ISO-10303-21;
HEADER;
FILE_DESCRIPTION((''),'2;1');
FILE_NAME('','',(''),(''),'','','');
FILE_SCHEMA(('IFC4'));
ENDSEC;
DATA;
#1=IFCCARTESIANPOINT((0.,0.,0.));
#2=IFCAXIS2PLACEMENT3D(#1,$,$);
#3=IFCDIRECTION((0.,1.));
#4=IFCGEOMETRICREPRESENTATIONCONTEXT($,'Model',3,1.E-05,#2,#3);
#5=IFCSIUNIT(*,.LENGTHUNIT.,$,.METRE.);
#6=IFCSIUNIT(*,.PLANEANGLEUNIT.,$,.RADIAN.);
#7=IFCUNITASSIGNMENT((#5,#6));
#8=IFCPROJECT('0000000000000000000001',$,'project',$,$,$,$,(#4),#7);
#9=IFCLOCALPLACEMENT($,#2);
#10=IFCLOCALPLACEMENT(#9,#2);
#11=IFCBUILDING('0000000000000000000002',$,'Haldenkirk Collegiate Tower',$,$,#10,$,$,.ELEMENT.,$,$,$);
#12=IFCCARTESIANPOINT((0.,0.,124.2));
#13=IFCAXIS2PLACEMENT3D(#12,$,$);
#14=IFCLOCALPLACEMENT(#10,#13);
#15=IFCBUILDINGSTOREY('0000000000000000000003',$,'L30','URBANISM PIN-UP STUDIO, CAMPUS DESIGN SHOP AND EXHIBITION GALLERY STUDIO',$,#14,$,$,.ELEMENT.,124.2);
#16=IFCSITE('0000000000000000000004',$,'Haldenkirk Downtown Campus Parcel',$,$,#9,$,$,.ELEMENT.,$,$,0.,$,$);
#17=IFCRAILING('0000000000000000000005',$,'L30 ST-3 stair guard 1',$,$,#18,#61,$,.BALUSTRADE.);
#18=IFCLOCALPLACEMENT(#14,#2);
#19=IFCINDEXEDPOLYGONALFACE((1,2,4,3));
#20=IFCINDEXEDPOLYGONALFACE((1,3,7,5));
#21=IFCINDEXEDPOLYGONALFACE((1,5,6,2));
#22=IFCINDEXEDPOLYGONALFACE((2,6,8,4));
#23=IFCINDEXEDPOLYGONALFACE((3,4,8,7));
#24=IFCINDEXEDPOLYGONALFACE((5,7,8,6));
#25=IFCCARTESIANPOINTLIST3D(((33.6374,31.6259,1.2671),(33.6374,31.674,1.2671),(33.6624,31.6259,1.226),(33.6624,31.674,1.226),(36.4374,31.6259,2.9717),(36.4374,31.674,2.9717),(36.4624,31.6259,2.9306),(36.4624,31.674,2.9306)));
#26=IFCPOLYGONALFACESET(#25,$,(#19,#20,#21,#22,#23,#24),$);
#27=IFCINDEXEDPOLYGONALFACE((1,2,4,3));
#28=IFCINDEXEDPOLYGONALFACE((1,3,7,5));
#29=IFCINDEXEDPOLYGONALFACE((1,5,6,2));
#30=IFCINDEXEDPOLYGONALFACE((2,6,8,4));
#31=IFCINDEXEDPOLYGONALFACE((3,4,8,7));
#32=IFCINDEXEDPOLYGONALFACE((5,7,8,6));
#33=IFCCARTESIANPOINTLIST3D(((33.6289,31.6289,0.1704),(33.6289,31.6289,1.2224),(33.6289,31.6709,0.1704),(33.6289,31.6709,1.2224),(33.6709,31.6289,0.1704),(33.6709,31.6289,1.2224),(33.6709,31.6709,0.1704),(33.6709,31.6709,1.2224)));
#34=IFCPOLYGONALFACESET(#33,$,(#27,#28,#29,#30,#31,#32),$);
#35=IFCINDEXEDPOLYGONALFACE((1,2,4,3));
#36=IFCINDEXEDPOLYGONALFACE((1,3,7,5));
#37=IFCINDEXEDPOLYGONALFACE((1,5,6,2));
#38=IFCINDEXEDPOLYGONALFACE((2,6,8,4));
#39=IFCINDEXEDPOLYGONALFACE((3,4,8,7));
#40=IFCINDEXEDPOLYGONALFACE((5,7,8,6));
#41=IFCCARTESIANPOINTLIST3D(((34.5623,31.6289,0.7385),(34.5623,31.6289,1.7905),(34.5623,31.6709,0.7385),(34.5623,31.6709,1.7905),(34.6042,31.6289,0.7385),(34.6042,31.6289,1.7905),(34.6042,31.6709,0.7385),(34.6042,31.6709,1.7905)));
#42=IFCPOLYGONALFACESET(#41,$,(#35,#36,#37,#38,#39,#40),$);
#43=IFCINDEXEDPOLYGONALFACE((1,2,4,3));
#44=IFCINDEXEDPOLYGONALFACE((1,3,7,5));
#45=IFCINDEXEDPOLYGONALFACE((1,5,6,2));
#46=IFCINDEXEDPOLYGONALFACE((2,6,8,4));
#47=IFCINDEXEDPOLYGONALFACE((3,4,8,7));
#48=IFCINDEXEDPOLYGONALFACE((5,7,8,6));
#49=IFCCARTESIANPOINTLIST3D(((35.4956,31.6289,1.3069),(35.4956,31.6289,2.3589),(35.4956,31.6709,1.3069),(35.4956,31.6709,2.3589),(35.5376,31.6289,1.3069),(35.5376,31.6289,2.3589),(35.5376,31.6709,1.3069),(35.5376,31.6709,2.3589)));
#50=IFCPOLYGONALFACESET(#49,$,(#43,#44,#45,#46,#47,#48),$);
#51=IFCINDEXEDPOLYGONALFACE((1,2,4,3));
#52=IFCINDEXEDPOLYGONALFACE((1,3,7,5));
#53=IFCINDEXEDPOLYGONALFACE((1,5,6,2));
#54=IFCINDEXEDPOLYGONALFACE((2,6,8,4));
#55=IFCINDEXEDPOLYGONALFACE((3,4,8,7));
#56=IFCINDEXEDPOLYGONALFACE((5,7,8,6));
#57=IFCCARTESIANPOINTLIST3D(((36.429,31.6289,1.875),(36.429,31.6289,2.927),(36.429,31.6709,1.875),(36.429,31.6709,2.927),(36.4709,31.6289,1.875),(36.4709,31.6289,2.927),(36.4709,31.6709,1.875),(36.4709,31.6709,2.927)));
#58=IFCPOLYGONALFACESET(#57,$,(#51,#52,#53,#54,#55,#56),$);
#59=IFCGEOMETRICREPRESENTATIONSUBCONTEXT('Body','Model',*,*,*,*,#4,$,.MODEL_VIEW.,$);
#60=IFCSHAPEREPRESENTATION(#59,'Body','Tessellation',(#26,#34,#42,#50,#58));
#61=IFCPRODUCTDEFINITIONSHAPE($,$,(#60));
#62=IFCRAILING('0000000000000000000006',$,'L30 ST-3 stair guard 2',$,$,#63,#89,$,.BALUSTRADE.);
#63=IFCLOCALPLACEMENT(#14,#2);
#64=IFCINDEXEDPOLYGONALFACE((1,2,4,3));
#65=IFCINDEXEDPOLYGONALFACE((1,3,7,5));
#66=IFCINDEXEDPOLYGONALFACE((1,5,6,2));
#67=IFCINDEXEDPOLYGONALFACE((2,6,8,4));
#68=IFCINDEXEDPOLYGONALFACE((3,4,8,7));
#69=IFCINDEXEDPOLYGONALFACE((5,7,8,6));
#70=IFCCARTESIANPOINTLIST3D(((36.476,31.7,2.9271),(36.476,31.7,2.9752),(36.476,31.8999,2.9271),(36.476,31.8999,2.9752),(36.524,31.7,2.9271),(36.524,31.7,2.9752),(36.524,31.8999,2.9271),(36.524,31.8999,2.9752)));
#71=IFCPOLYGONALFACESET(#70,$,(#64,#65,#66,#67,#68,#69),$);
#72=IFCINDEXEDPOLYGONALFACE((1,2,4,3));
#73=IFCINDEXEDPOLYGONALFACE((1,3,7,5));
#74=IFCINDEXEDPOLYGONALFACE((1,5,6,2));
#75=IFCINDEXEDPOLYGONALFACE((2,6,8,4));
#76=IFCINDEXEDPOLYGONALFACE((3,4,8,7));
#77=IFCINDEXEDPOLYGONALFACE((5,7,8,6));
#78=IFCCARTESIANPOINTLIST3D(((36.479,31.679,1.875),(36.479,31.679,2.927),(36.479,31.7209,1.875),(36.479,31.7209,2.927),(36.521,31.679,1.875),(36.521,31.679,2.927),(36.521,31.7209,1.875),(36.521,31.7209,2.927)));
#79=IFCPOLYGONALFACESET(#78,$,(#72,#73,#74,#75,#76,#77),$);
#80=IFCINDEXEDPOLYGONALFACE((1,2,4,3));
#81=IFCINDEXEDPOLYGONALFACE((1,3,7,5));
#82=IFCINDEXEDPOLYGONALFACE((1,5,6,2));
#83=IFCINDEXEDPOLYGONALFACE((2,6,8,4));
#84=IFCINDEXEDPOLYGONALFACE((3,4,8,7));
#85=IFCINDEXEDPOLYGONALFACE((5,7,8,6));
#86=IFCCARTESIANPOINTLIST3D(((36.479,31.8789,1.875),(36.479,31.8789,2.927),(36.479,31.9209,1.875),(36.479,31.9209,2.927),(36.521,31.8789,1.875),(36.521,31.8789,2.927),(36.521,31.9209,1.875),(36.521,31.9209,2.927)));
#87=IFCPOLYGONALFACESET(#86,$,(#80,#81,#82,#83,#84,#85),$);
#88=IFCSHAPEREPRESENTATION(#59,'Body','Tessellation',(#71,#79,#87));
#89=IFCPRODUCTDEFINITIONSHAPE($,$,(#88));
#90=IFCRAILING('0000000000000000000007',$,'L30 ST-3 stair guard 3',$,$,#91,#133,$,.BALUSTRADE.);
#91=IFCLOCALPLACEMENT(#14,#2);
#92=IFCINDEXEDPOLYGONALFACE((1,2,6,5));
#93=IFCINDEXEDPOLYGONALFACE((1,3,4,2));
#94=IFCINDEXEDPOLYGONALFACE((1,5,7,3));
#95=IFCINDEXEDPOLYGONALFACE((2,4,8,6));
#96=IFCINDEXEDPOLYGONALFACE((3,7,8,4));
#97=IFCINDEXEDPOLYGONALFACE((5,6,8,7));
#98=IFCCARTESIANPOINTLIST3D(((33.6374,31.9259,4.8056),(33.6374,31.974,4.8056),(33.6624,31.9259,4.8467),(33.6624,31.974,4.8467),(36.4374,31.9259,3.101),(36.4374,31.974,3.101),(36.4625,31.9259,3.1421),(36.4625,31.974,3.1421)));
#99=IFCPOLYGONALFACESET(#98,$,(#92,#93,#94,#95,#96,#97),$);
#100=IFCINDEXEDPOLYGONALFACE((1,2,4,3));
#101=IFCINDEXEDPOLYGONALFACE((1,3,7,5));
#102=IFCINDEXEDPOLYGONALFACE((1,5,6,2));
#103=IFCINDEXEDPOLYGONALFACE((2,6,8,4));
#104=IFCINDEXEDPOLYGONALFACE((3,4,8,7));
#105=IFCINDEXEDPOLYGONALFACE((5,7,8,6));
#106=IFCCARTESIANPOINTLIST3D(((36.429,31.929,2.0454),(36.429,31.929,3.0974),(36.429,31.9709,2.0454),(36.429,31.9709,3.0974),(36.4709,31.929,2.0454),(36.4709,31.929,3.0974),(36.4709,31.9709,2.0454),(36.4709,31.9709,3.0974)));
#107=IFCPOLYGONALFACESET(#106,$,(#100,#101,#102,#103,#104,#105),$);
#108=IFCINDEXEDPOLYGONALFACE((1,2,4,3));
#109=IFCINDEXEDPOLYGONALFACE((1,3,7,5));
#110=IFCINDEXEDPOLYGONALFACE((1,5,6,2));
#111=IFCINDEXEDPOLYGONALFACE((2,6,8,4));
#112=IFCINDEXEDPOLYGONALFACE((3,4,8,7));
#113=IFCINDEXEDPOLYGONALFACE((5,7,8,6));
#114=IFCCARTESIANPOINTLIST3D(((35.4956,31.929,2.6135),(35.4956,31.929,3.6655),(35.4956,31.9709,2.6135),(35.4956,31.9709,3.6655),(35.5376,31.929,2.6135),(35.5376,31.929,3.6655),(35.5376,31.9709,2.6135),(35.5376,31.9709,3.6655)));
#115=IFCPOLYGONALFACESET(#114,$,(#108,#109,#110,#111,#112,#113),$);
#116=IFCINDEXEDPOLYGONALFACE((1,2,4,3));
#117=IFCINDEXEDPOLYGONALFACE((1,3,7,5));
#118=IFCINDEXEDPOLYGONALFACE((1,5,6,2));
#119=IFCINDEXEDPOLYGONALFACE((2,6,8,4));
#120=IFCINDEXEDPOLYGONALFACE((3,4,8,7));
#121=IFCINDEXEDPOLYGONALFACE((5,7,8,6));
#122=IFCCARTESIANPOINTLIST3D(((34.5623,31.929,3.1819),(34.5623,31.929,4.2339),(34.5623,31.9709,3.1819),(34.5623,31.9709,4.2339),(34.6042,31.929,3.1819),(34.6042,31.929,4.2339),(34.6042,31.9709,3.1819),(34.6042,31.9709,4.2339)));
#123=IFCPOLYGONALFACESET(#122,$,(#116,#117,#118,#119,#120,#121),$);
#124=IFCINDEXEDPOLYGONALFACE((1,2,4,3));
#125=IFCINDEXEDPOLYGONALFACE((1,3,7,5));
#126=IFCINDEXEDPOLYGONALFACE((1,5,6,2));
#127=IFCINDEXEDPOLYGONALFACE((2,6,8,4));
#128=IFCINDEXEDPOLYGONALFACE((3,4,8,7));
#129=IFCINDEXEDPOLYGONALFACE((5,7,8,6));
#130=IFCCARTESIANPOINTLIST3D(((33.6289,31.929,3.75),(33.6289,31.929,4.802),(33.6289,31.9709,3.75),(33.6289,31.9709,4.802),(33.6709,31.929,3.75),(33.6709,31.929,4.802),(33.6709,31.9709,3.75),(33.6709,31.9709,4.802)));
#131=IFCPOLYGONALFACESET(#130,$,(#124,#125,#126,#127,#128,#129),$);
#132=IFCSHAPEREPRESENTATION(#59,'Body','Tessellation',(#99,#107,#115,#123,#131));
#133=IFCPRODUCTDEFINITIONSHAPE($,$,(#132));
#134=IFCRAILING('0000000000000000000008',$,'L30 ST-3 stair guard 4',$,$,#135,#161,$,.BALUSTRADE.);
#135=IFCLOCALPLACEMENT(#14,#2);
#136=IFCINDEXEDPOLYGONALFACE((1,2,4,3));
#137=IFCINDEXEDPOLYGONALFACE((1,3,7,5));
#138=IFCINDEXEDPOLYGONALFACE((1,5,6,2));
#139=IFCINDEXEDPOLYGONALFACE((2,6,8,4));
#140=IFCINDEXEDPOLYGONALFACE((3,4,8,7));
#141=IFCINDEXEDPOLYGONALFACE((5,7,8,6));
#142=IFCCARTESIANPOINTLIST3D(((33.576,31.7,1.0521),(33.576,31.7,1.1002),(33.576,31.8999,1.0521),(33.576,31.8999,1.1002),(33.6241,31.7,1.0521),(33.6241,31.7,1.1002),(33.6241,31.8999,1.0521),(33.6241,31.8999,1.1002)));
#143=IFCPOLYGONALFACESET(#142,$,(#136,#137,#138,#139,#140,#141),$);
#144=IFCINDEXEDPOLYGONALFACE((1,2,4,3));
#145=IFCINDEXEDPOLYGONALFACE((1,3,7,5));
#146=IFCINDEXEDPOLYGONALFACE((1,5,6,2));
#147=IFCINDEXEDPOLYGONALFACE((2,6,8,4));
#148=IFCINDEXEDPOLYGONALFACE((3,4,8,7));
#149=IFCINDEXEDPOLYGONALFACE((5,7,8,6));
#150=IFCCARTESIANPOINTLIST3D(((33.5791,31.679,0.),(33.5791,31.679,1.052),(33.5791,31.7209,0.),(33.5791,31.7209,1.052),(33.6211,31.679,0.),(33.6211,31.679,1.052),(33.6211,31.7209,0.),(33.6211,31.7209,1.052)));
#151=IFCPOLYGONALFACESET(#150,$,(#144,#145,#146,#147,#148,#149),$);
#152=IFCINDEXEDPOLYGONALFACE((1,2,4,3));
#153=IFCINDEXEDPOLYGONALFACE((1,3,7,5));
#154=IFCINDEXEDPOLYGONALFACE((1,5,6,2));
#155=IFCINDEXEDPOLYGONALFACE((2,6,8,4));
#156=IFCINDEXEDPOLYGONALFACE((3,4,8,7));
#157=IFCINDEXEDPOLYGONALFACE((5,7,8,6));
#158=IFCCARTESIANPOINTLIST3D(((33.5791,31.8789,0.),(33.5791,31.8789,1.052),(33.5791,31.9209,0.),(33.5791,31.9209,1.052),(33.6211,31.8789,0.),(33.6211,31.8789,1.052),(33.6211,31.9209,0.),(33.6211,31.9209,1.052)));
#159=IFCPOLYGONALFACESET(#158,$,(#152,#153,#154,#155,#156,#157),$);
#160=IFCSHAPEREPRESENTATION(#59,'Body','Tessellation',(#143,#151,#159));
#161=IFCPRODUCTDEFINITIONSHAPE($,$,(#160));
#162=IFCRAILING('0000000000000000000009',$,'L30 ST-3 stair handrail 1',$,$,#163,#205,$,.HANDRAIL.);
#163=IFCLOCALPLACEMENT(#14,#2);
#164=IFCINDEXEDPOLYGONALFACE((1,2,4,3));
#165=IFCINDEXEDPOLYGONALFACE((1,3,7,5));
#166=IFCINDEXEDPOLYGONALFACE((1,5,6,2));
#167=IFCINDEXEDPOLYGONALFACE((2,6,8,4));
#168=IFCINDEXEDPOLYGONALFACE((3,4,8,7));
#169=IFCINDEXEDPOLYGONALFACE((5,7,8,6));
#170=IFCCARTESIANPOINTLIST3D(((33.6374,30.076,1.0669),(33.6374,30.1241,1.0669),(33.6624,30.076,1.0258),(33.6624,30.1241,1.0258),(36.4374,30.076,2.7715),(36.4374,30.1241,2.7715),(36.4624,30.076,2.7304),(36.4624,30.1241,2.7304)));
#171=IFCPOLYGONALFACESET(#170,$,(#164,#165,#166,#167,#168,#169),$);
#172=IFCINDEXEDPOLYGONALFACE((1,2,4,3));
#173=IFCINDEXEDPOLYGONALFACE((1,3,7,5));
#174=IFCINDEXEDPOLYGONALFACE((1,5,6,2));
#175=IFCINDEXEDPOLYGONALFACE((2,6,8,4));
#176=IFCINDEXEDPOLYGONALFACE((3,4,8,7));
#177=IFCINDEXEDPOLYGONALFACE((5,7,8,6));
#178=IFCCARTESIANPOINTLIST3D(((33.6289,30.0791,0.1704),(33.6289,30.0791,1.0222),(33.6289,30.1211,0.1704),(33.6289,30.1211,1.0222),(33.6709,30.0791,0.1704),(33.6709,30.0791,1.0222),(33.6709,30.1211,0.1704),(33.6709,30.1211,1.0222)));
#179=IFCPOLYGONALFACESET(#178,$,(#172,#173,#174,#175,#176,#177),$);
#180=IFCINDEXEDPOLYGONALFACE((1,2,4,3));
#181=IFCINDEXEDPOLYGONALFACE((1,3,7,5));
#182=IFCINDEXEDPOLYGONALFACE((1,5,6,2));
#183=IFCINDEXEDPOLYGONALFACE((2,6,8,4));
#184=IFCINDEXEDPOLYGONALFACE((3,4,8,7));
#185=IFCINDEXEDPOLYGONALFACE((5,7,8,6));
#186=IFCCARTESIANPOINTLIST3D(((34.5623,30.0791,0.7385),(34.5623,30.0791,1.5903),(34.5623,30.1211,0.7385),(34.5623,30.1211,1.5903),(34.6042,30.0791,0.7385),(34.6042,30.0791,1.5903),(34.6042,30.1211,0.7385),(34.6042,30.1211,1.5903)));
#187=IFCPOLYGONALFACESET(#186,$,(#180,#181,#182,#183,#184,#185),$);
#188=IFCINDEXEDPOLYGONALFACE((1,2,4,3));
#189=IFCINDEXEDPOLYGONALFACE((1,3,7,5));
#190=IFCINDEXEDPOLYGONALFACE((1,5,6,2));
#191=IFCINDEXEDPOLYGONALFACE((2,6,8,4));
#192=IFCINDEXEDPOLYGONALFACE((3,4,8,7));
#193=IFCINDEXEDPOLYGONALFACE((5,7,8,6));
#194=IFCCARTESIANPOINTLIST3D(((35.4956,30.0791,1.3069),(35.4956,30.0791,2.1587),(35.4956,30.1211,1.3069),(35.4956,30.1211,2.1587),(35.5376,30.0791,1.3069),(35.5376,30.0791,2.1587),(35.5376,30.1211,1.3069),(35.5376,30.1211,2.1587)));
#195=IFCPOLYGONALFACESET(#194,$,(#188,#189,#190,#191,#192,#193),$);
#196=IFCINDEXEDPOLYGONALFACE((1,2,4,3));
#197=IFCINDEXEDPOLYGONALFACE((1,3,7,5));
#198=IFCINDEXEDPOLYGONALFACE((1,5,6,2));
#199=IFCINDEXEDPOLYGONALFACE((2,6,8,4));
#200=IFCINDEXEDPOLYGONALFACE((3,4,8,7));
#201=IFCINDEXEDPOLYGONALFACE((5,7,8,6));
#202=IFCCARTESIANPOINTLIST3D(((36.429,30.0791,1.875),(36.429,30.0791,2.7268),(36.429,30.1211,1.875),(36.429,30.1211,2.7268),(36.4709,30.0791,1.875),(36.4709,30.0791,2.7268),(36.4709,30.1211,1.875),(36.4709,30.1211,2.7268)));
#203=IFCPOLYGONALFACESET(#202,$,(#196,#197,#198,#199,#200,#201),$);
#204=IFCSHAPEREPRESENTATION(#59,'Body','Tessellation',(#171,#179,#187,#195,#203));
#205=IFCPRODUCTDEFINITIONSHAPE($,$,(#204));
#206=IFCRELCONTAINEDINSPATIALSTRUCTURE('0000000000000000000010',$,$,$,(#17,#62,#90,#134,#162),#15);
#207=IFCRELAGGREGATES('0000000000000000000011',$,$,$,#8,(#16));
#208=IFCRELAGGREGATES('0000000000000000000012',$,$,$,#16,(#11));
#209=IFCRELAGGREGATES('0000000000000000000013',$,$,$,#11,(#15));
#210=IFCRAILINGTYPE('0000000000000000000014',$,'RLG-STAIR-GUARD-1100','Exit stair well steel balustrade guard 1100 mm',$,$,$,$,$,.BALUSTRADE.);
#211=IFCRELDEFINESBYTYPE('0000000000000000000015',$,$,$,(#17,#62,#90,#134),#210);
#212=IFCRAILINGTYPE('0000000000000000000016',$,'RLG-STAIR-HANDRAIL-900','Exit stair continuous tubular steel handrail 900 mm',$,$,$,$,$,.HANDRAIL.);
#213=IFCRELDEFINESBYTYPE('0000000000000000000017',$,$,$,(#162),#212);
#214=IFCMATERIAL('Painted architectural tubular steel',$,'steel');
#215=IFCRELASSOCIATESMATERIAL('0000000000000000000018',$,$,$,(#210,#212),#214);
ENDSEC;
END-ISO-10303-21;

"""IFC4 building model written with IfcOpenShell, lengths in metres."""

from ifc_helpers import new_model, si_unit, direction, frame, origin, origin_2d, place, context, subcontext, project, spatial, rectangle, extrude, material, type_object, element, save


model = new_model("IFC4")

# Units and contexts
model_context = context("Model", 3, precision=1e-05, world=origin(), true_north=direction((0.0, 1.0)))
body_context = subcontext(model_context, "Body", "Model", "MODEL_VIEW")
ifc_project = project(units=[si_unit("LENGTHUNIT", "METRE"), si_unit("PLANEANGLEUNIT", "RADIAN")], contexts=[model_context])

# Site, building, storey
site_placement = place(None, origin())
site = spatial("IfcSite", under=ifc_project, at=site_placement, Name="Haldenkirk Downtown Campus Parcel", CompositionType="ELEMENT", RefElevation=0.0)
building_placement = place(site_placement, origin())
building = spatial("IfcBuilding", under=site, at=building_placement, Name="Haldenkirk Collegiate Tower", CompositionType="ELEMENT")
storey_placement = place(building_placement, frame((0.0, 0.0, 124.2)))
storey = spatial("IfcBuildingStorey", under=building, at=storey_placement, Name="L30", Description="URBANISM PIN-UP STUDIO, CAMPUS DESIGN SHOP AND EXHIBITION GALLERY STUDIO", CompositionType="ELEMENT", Elevation=124.2)

# Railings
ifc_material_1 = material(Name="Painted architectural tubular steel", Category="steel")
railing_type_1 = type_object("IfcRailingType", Name="RLG-STAIR-GUARD-1100", Description="Exit stair well steel balustrade guard 1100 mm", PredefinedType="BALUSTRADE", material=ifc_material_1)
railing_1_placement = place(storey_placement, frame((33.6499, 31.6499, 0.1704)))
element("IfcRailing", 1, at=railing_1_placement, inside=storey, type_object=railing_type_1, Name="L30 ST-3 stair guard 1", PredefinedType="BALUSTRADE", context=body_context, shape_type="SweptSolid", body=[
    extrude(rectangle(XDim=0.0481, YDim=0.0481, at=origin_2d()), frame((0.0, 0.0, 1.0762), z_axis=(0.85417, 0.0, 0.519994), x_axis=(0.0, 1.0, 0.0)), (0.0, 0.0, 1.0), 3.2781),
    extrude(rectangle(XDim=0.042, YDim=0.042, at=origin_2d()), origin(), (0.0, 0.0, 1.0), 1.052),
    extrude(rectangle(XDim=0.042, YDim=0.042, at=origin_2d()), frame((0.9333, 0.0, 0.5681)), (0.0, 0.0, 1.0), 1.052),
    extrude(rectangle(XDim=0.042, YDim=0.042, at=origin_2d()), frame((1.8667, 0.0, 1.1365)), (0.0, 0.0, 1.0), 1.052),
    extrude(rectangle(XDim=0.042, YDim=0.042, at=origin_2d()), frame((2.8, 0.0, 1.7046)), (0.0, 0.0, 1.0), 1.052),
])
railing_2_placement = place(storey_placement, frame((36.5, 31.7, 1.875)))
element("IfcRailing", 2, at=railing_2_placement, inside=storey, type_object=railing_type_1, Name="L30 ST-3 stair guard 2", PredefinedType="BALUSTRADE", context=body_context, shape_type="SweptSolid", body=[
    extrude(rectangle(XDim=0.0481, YDim=0.0481, at=origin_2d()), frame((0.0, 0.0, 1.0762), z_axis=(0.0, 1.0, 0.0), x_axis=(-1.0, 0.0, 0.0)), (0.0, 0.0, 1.0), 0.2),
    extrude(rectangle(XDim=0.042, YDim=0.042, at=origin_2d()), origin(), (0.0, 0.0, 1.0), 1.052),
    extrude(rectangle(XDim=0.042, YDim=0.042, at=origin_2d()), frame((0.0, 0.2, 0.0)), (0.0, 0.0, 1.0), 1.052),
])
railing_3_placement = place(storey_placement, frame((36.45, 31.95, 2.0454)))
element("IfcRailing", 3, at=railing_3_placement, inside=storey, type_object=railing_type_1, Name="L30 ST-3 stair guard 3", PredefinedType="BALUSTRADE", context=body_context, shape_type="SweptSolid", body=[
    extrude(rectangle(XDim=0.0481, YDim=0.0481, at=origin_2d()), frame((0.0, 0.0, 1.0762), z_axis=(-0.85417, 0.0, 0.519994), x_axis=(0.0, -1.0, 0.0)), (0.0, 0.0, 1.0), 3.2781),
    extrude(rectangle(XDim=0.042, YDim=0.042, at=origin_2d()), origin(), (0.0, 0.0, 1.0), 1.052),
    extrude(rectangle(XDim=0.042, YDim=0.042, at=origin_2d()), frame((-0.9333, 0.0, 0.5681)), (0.0, 0.0, 1.0), 1.052),
    extrude(rectangle(XDim=0.042, YDim=0.042, at=origin_2d()), frame((-1.8667, 0.0, 1.1365)), (0.0, 0.0, 1.0), 1.052),
    extrude(rectangle(XDim=0.042, YDim=0.042, at=origin_2d()), frame((-2.8, 0.0, 1.7046)), (0.0, 0.0, 1.0), 1.052),
])
railing_4_placement = place(storey_placement, frame((33.6001, 31.7, 0.0)))
element("IfcRailing", 4, at=railing_4_placement, inside=storey, type_object=railing_type_1, Name="L30 ST-3 stair guard 4", PredefinedType="BALUSTRADE", context=body_context, shape_type="SweptSolid", body=[
    extrude(rectangle(XDim=0.0481, YDim=0.0481, at=origin_2d()), frame((0.0, 0.0, 1.0762), z_axis=(0.0, 1.0, 0.0), x_axis=(-1.0, 0.0, 0.0)), (0.0, 0.0, 1.0), 0.2),
    extrude(rectangle(XDim=0.042, YDim=0.042, at=origin_2d()), origin(), (0.0, 0.0, 1.0), 1.052),
    extrude(rectangle(XDim=0.042, YDim=0.042, at=origin_2d()), frame((0.0, 0.2, 0.0)), (0.0, 0.0, 1.0), 1.052),
])
railing_type_2 = type_object("IfcRailingType", Name="RLG-STAIR-HANDRAIL-900", Description="Exit stair continuous tubular steel handrail 900 mm", PredefinedType="HANDRAIL", material=ifc_material_1)
railing_5_placement = place(storey_placement, frame((33.6499, 30.1001, 0.1704)))
element("IfcRailing", 5, at=railing_5_placement, inside=storey, type_object=railing_type_2, Name="L30 ST-3 stair handrail 1", PredefinedType="HANDRAIL", context=body_context, shape_type="SweptSolid", body=[
    extrude(rectangle(XDim=0.0481, YDim=0.0481, at=origin_2d()), frame((0.0, 0.0, 0.876), z_axis=(0.85417, 0.0, 0.519994), x_axis=(0.0, 1.0, 0.0)), (0.0, 0.0, 1.0), 3.2781),
    extrude(rectangle(XDim=0.042, YDim=0.042, at=origin_2d()), origin(), (0.0, 0.0, 1.0), 0.8518),
    extrude(rectangle(XDim=0.042, YDim=0.042, at=origin_2d()), frame((0.9333, 0.0, 0.5681)), (0.0, 0.0, 1.0), 0.8518),
    extrude(rectangle(XDim=0.042, YDim=0.042, at=origin_2d()), frame((1.8667, 0.0, 1.1365)), (0.0, 0.0, 1.0), 0.8518),
    extrude(rectangle(XDim=0.042, YDim=0.042, at=origin_2d()), frame((2.8, 0.0, 1.7046)), (0.0, 0.0, 1.0), 0.8518),
])

save(model, "model.ifc")
